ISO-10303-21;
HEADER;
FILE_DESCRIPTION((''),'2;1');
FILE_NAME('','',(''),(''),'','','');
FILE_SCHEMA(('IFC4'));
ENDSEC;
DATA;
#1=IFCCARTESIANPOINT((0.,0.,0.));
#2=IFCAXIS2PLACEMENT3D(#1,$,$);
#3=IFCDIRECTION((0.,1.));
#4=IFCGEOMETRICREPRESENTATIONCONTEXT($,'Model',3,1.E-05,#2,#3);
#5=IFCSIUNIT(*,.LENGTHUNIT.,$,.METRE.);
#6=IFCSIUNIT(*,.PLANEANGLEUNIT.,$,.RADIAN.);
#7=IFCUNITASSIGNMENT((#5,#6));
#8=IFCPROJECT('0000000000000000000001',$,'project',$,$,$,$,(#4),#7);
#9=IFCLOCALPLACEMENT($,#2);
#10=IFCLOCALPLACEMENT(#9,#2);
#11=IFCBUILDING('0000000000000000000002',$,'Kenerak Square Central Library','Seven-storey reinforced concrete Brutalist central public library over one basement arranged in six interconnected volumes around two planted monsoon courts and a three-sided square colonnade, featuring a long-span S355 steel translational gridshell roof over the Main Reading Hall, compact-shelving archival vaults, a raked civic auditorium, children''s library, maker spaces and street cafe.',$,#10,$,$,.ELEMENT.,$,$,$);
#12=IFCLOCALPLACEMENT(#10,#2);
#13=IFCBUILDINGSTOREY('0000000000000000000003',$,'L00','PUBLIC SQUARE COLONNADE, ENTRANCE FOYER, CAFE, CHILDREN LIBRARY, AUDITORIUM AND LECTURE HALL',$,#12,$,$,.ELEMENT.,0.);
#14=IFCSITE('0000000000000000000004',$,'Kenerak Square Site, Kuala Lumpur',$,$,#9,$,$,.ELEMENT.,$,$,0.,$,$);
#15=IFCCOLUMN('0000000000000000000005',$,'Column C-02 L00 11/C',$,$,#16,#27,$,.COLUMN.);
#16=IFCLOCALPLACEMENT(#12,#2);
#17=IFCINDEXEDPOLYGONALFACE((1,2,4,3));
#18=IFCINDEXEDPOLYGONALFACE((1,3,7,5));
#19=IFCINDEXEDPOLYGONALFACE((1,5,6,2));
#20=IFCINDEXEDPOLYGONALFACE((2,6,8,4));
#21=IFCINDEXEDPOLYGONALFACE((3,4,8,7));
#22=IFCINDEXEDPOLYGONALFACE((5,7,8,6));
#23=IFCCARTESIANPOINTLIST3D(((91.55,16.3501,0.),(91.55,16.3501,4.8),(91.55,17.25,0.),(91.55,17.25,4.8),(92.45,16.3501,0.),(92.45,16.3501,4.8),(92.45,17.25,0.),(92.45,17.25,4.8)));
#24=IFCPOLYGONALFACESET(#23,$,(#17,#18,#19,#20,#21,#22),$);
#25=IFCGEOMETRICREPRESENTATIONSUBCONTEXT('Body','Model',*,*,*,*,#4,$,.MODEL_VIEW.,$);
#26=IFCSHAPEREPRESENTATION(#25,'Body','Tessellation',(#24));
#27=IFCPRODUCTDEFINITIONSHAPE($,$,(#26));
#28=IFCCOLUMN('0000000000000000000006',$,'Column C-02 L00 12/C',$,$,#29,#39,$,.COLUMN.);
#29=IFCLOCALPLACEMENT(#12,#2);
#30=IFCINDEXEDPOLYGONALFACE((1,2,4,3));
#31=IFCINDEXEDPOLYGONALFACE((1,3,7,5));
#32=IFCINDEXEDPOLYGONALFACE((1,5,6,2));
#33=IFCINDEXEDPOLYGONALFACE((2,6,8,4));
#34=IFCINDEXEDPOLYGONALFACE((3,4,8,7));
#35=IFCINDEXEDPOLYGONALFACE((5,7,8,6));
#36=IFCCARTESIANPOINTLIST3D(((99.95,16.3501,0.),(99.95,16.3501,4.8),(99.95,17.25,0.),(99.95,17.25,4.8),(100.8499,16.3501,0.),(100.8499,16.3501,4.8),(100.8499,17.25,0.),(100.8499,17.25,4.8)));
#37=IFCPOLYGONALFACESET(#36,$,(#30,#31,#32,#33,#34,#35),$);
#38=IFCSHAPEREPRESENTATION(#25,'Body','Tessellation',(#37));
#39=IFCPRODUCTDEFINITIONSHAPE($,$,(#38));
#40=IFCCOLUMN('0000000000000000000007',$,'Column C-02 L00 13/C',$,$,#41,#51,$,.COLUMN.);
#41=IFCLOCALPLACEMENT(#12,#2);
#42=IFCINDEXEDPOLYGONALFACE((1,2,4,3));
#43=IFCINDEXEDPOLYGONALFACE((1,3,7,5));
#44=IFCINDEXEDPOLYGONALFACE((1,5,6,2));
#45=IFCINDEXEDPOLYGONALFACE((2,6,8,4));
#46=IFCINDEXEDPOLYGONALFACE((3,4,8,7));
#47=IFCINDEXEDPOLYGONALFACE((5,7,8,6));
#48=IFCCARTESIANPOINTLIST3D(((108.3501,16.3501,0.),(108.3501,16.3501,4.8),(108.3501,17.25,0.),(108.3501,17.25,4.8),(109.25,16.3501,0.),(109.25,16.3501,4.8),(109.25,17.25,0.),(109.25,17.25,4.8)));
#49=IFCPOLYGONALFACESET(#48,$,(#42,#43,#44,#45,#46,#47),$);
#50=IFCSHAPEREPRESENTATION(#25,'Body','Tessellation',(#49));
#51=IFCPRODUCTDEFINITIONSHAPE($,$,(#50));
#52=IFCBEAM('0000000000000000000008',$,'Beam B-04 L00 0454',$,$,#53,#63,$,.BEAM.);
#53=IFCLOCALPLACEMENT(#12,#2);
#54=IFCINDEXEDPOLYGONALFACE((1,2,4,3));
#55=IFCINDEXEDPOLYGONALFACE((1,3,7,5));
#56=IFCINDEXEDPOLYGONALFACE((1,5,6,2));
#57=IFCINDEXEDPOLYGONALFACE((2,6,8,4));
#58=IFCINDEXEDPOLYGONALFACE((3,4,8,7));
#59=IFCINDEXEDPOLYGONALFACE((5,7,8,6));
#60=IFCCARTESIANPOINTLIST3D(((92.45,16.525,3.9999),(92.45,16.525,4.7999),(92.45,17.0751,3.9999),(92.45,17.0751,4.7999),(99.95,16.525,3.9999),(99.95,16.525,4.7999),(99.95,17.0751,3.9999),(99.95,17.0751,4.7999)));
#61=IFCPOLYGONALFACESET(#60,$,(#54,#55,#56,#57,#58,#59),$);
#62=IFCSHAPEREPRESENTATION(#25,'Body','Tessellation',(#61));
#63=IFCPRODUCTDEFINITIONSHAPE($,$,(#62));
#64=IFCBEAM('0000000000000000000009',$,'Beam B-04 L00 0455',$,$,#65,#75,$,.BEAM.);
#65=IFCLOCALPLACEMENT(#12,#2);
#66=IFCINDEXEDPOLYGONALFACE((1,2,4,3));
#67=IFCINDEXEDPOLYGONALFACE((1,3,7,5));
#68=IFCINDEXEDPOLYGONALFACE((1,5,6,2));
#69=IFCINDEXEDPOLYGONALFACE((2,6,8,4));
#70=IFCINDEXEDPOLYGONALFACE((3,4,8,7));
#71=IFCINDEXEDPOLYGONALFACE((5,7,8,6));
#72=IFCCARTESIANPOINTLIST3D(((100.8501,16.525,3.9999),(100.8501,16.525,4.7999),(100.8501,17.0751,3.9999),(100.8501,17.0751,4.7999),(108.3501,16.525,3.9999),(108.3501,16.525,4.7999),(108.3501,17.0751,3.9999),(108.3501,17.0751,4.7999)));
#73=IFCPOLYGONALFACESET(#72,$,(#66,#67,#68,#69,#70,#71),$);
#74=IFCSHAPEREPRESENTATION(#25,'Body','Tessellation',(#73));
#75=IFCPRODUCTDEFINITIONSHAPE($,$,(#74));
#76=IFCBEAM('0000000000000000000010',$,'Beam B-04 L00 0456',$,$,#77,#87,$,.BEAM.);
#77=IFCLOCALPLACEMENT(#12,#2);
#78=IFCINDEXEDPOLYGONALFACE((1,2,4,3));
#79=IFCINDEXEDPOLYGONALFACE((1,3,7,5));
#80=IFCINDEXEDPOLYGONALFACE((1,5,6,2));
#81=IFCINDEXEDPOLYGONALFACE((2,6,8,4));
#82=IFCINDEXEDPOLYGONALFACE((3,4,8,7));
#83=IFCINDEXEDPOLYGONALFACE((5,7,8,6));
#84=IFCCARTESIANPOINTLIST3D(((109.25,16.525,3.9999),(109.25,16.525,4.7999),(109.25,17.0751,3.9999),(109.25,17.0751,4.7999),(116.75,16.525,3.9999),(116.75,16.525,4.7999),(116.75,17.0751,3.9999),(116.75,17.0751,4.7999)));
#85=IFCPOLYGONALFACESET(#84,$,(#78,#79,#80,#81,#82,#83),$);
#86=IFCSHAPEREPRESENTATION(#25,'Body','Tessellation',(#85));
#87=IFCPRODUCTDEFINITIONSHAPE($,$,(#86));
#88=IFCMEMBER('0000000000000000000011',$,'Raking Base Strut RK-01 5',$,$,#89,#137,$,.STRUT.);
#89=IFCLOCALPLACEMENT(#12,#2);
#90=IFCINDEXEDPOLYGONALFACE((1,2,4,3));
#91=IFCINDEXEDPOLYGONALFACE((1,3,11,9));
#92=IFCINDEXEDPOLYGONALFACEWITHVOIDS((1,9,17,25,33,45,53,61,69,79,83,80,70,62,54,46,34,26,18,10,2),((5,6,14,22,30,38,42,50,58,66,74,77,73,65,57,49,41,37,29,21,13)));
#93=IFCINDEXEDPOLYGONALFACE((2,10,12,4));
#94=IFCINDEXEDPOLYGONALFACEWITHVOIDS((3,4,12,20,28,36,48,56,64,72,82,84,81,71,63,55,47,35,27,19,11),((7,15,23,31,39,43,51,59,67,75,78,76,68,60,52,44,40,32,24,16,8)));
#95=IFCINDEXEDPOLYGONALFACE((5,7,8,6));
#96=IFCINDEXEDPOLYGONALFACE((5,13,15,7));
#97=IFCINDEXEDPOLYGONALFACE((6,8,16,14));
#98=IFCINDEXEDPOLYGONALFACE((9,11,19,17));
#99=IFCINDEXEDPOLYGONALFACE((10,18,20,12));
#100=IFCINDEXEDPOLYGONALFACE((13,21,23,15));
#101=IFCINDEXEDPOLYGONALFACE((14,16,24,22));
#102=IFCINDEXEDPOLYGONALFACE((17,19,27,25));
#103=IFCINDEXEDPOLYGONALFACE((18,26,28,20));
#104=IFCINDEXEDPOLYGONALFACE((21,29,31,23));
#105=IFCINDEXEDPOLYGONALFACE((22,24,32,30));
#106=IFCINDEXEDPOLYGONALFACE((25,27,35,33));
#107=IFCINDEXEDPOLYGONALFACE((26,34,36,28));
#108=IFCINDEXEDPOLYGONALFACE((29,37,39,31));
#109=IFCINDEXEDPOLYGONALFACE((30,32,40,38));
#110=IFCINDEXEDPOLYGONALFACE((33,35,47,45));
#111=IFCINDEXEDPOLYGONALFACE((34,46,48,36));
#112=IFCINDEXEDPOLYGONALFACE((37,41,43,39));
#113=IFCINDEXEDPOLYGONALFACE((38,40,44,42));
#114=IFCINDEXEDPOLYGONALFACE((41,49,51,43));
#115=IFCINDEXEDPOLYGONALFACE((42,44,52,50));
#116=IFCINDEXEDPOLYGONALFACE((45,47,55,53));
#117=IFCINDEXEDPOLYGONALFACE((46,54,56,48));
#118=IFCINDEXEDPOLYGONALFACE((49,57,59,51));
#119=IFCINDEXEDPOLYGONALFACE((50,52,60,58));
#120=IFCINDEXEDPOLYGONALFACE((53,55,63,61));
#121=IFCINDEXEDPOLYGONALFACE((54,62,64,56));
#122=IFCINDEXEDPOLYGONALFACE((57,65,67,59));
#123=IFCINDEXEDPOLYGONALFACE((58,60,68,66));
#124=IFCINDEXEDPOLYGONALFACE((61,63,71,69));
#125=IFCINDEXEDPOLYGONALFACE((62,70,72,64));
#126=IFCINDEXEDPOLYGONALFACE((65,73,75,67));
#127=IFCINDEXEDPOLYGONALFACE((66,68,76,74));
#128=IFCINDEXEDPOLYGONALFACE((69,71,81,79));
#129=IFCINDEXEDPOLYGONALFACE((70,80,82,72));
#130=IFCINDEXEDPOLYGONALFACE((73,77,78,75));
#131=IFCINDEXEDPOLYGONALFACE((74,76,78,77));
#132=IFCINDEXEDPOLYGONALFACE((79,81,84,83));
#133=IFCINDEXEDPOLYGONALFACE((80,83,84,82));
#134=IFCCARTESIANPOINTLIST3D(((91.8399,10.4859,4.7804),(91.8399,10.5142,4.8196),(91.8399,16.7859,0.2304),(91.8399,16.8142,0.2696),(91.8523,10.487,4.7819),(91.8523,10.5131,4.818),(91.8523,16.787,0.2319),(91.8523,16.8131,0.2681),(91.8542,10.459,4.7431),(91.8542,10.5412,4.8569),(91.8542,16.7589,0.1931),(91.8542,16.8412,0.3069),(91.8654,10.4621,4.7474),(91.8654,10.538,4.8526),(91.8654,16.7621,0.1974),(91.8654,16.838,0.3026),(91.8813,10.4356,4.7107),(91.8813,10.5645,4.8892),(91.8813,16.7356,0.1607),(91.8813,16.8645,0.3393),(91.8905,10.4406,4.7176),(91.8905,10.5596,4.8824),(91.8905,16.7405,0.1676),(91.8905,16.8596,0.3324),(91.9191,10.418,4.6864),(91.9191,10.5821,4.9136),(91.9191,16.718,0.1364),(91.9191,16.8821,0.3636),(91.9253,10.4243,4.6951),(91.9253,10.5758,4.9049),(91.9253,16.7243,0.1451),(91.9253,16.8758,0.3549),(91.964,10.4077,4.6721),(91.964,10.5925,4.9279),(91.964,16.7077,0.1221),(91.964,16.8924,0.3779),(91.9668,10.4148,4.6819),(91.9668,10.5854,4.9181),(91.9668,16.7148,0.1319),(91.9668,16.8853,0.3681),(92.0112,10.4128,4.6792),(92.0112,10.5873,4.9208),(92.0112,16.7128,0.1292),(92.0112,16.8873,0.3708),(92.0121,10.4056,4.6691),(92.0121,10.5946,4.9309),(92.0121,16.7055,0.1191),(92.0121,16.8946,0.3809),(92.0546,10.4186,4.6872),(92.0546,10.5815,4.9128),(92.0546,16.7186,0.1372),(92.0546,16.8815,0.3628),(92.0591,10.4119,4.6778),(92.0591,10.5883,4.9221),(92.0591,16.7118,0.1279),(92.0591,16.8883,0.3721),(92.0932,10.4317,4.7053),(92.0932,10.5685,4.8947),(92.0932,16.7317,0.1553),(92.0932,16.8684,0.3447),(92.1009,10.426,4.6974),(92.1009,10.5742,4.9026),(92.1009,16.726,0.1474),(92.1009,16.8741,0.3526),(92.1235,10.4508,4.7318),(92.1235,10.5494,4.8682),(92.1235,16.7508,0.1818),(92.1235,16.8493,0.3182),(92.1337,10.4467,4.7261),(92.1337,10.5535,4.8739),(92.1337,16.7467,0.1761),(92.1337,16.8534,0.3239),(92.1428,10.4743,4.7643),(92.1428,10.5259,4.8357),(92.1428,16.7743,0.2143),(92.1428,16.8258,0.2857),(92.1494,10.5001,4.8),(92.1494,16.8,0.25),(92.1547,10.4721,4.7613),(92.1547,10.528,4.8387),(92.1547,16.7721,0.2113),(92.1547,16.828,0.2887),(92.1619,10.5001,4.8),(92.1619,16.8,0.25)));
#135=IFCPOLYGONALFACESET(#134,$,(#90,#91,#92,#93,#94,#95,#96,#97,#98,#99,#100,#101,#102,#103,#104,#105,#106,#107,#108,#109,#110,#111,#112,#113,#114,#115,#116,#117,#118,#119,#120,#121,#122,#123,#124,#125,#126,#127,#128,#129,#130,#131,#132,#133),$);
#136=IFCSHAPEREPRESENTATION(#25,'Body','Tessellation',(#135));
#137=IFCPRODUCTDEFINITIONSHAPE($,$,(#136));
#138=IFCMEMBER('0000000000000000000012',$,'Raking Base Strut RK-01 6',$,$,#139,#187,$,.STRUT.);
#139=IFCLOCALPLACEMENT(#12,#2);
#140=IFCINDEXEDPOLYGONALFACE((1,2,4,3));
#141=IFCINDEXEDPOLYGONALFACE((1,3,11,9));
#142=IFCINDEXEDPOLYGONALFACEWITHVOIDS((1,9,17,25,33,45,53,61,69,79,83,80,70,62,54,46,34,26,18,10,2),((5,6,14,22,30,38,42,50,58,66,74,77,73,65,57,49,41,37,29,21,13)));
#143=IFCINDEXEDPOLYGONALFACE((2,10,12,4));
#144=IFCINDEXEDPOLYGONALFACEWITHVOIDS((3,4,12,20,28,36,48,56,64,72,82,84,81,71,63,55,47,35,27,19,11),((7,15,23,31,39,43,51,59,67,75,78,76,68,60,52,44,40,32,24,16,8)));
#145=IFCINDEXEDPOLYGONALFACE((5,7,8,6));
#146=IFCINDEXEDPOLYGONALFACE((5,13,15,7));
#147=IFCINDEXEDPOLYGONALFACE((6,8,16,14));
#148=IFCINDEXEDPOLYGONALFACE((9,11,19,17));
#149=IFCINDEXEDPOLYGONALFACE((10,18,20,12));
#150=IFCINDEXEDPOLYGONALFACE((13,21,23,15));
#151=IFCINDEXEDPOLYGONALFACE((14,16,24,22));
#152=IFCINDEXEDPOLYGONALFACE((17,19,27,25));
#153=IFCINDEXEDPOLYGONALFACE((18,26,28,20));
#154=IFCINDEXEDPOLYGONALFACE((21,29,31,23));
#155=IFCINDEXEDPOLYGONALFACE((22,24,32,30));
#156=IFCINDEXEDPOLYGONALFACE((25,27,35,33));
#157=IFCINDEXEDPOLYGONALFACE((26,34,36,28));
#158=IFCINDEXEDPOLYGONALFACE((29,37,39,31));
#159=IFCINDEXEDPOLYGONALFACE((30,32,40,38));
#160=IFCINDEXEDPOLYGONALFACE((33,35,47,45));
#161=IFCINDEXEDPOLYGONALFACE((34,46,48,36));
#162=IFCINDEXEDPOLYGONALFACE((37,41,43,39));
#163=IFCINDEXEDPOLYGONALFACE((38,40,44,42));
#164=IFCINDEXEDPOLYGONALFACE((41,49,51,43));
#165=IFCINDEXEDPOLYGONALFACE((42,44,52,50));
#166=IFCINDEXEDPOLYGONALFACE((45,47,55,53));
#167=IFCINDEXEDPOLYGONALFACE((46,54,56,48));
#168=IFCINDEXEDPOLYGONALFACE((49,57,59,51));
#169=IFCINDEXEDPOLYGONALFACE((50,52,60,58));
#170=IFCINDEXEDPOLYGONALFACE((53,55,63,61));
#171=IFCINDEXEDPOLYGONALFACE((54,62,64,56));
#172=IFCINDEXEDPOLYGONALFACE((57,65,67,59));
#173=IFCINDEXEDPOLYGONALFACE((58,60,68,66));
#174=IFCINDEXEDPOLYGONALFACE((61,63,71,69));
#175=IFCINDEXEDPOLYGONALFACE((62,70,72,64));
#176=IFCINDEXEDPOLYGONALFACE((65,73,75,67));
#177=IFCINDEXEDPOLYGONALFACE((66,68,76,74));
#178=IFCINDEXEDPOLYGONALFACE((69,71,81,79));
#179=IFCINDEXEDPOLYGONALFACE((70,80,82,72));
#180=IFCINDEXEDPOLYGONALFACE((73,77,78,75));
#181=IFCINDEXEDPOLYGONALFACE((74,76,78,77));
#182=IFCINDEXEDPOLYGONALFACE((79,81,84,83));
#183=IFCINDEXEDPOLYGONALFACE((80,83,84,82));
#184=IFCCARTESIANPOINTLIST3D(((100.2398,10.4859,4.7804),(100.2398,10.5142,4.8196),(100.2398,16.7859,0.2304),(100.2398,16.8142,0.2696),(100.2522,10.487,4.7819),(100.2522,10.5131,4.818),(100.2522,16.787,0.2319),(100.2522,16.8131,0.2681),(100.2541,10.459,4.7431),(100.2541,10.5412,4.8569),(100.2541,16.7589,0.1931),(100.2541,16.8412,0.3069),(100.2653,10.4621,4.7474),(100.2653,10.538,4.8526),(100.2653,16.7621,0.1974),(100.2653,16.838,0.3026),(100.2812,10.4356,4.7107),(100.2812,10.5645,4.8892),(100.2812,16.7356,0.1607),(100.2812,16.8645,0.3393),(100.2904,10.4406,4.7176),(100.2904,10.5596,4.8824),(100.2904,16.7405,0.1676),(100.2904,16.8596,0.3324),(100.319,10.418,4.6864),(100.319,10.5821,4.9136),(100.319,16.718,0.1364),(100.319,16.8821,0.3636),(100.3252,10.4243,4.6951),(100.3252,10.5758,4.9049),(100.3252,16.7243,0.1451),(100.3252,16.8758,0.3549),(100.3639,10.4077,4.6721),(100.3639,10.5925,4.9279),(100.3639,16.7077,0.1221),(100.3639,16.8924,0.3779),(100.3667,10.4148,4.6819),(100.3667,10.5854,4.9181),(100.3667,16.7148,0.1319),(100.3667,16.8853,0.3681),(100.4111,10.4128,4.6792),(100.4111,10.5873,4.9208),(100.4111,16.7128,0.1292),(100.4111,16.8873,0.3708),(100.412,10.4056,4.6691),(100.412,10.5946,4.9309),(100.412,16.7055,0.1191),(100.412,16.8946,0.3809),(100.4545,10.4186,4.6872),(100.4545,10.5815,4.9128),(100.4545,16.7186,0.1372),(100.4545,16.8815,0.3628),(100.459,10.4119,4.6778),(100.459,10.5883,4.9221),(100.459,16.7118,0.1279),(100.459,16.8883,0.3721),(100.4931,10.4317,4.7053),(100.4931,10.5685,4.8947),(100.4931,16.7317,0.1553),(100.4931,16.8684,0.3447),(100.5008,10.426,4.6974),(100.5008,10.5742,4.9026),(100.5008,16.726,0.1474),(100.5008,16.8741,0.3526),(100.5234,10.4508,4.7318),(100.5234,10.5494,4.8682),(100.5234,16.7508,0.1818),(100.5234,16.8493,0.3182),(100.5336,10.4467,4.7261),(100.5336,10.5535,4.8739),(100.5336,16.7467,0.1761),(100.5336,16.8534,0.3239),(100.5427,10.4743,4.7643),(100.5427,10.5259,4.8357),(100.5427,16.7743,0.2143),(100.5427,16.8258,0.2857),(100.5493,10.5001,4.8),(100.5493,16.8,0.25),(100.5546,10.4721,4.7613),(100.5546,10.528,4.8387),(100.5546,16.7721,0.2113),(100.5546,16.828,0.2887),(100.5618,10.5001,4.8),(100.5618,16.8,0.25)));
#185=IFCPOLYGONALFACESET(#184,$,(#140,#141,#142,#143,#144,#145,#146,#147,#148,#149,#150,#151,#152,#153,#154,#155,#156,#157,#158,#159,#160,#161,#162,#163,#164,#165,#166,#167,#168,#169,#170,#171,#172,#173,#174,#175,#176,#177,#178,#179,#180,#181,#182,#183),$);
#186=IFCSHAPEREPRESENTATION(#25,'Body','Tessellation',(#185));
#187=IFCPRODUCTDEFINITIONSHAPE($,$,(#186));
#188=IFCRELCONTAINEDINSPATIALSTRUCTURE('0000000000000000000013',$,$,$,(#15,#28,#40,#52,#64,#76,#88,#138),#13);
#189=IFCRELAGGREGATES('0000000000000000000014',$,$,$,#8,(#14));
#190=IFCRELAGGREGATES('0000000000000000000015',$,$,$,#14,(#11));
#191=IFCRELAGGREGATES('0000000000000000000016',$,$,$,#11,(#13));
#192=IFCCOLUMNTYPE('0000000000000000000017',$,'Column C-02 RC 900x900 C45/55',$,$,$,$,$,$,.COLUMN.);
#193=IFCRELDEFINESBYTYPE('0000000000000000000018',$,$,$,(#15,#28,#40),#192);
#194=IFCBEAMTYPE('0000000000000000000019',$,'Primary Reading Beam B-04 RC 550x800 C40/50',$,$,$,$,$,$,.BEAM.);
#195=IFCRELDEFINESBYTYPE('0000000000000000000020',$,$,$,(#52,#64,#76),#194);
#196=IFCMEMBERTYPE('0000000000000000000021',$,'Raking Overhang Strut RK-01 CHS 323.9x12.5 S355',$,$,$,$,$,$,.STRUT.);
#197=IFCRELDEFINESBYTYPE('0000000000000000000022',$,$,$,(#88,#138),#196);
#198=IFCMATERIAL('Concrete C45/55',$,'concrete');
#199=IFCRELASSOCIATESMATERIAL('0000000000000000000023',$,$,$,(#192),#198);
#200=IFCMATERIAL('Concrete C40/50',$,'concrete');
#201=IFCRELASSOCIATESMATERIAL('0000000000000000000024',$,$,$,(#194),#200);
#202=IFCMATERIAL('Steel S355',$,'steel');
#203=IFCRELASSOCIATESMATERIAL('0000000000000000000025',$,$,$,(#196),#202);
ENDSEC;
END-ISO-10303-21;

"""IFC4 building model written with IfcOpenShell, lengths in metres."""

from ifc_helpers import new_model, si_unit, direction, frame, origin, origin_2d, place, context, subcontext, project, spatial, rectangle, hollow_circle, extrude, material, material_profile, profile_set, type_object, element, save


model = new_model("IFC4")

# Units and contexts
model_context = context("Model", 3, precision=1e-05, world=origin(), true_north=direction((0.0, 1.0)))
body_context = subcontext(model_context, "Body", "Model", "MODEL_VIEW")
ifc_project = project(units=[si_unit("LENGTHUNIT", "METRE"), si_unit("PLANEANGLEUNIT", "RADIAN")], contexts=[model_context])

# Site, building, storey
site_placement = place(None, origin())
site = spatial("IfcSite", under=ifc_project, at=site_placement, Name="Kenerak Square Site, Kuala Lumpur", CompositionType="ELEMENT", RefElevation=0.0)
building_placement = place(site_placement, origin())
building = spatial("IfcBuilding", under=site, at=building_placement, Name="Kenerak Square Central Library", Description="Seven-storey reinforced concrete Brutalist central public library over one basement arranged in six interconnected volumes around two planted monsoon courts and a three-sided square colonnade, featuring a long-span S355 steel translational gridshell roof over the Main Reading Hall, compact-shelving archival vaults, a raked civic auditorium, children's library, maker spaces and street cafe.", CompositionType="ELEMENT")
storey_placement = place(building_placement, origin())
storey = spatial("IfcBuildingStorey", under=building, at=storey_placement, Name="L00", Description="PUBLIC SQUARE COLONNADE, ENTRANCE FOYER, CAFE, CHILDREN LIBRARY, AUDITORIUM AND LECTURE HALL", CompositionType="ELEMENT", Elevation=0.0)

# Columns
ifc_material_1 = material(Name="Concrete C45/55", Category="concrete")
ifc_material_profile_1 = material_profile(ifc_material_1, rectangle(XDim=0.8999, YDim=0.8999, at=origin_2d()), Name="RC 900x900")
ifc_profile_set_1 = profile_set([ifc_material_profile_1], Name="Concrete C45/55")
column_type = type_object("IfcColumnType", Name="Column C-02 RC 900x900 C45/55", PredefinedType="COLUMN", material=ifc_profile_set_1)
for number, where, z_axis, x_axis, name in (
    (1, (92.0, 16.8, 0.0), (0.0, 0.0, 1.0), (1.0, 0.0, 0.0), "Column C-02 L00 11/C"),
    (2, (100.3999, 16.8, 0.0), (0.0, 0.0, 1.0), (1.0, 0.0, 0.0), "Column C-02 L00 12/C"),
    (3, (108.8, 16.8, 0.0), (0.0, 0.0, 1.0), (1.0, 0.0, 0.0), "Column C-02 L00 13/C"),
):
    element("IfcColumn", number, at=place(storey_placement, frame(where, z_axis=z_axis, x_axis=x_axis)), inside=storey, type_object=column_type, Name=name, PredefinedType="COLUMN", context=body_context, shape_type="SweptSolid", body=[
        extrude(rectangle(XDim=0.8999, YDim=0.8999, at=origin_2d()), origin(), (0.0, 0.0, 1.0), 4.8),
    ])

# Beams
ifc_material_2 = material(Name="Concrete C40/50", Category="concrete")
ifc_material_profile_2 = material_profile(ifc_material_2, rectangle(XDim=0.55, YDim=0.8, at=origin_2d()), Name="RC 550x800")
ifc_profile_set_2 = profile_set([ifc_material_profile_2], Name="Concrete C40/50")
beam_type_1 = type_object("IfcBeamType", Name="Primary Reading Beam B-04 RC 550x800 C40/50", PredefinedType="BEAM", material=ifc_profile_set_2)
for number, where, z_axis, x_axis, name in (
    (4, (92.45, 16.8, 4.3999), (1.0, 0.0, 0.0), (0.0, 1.0, 0.0), "Beam B-04 L00 0454"),
    (5, (100.8501, 16.8, 4.3999), (1.0, 0.0, 0.0), (0.0, 1.0, 0.0), "Beam B-04 L00 0455"),
    (6, (109.25, 16.8, 4.3999), (1.0, 0.0, 0.0), (0.0, 1.0, 0.0), "Beam B-04 L00 0456"),
):
    element("IfcBeam", number, at=place(storey_placement, frame(where, z_axis=z_axis, x_axis=x_axis)), inside=storey, type_object=beam_type_1, Name=name, PredefinedType="BEAM", context=body_context, shape_type="SweptSolid", body=[
        extrude(rectangle(XDim=0.55, YDim=0.8, at=origin_2d()), origin(), (0.0, 0.0, 1.0), 7.5),
    ])

# Members
ifc_material_3 = material(Name="Steel S355", Category="steel")
ifc_material_profile_3 = material_profile(ifc_material_3, hollow_circle(Radius=0.1619, WallThickness=0.0125, at=origin_2d()), Name="CHS 323.9x12.5")
ifc_profile_set_3 = profile_set([ifc_material_profile_3], Name="Steel S355")
member_type = type_object("IfcMemberType", Name="Raking Overhang Strut RK-01 CHS 323.9x12.5 S355", PredefinedType="STRUT", material=ifc_profile_set_3)
for number, where, z_axis, x_axis, name in (
    (7, (92.0, 16.8, 0.25), (0.0, -0.810678, 0.585492), (1.0, 0.0, 0.0), "Raking Base Strut RK-01 5"),
    (8, (100.3999, 16.8, 0.25), (0.0, -0.810678, 0.585492), (1.0, 0.0, 0.0), "Raking Base Strut RK-01 6"),
):
    element("IfcMember", number, at=place(storey_placement, frame(where, z_axis=z_axis, x_axis=x_axis)), inside=storey, type_object=member_type, Name=name, PredefinedType="STRUT", context=body_context, shape_type="SweptSolid", body=[
        extrude(hollow_circle(Radius=0.1619, WallThickness=0.0125, at=origin_2d()), origin(), (0.0, 0.0, 1.0), 7.7712),
    ])

save(model, "model.ifc")
